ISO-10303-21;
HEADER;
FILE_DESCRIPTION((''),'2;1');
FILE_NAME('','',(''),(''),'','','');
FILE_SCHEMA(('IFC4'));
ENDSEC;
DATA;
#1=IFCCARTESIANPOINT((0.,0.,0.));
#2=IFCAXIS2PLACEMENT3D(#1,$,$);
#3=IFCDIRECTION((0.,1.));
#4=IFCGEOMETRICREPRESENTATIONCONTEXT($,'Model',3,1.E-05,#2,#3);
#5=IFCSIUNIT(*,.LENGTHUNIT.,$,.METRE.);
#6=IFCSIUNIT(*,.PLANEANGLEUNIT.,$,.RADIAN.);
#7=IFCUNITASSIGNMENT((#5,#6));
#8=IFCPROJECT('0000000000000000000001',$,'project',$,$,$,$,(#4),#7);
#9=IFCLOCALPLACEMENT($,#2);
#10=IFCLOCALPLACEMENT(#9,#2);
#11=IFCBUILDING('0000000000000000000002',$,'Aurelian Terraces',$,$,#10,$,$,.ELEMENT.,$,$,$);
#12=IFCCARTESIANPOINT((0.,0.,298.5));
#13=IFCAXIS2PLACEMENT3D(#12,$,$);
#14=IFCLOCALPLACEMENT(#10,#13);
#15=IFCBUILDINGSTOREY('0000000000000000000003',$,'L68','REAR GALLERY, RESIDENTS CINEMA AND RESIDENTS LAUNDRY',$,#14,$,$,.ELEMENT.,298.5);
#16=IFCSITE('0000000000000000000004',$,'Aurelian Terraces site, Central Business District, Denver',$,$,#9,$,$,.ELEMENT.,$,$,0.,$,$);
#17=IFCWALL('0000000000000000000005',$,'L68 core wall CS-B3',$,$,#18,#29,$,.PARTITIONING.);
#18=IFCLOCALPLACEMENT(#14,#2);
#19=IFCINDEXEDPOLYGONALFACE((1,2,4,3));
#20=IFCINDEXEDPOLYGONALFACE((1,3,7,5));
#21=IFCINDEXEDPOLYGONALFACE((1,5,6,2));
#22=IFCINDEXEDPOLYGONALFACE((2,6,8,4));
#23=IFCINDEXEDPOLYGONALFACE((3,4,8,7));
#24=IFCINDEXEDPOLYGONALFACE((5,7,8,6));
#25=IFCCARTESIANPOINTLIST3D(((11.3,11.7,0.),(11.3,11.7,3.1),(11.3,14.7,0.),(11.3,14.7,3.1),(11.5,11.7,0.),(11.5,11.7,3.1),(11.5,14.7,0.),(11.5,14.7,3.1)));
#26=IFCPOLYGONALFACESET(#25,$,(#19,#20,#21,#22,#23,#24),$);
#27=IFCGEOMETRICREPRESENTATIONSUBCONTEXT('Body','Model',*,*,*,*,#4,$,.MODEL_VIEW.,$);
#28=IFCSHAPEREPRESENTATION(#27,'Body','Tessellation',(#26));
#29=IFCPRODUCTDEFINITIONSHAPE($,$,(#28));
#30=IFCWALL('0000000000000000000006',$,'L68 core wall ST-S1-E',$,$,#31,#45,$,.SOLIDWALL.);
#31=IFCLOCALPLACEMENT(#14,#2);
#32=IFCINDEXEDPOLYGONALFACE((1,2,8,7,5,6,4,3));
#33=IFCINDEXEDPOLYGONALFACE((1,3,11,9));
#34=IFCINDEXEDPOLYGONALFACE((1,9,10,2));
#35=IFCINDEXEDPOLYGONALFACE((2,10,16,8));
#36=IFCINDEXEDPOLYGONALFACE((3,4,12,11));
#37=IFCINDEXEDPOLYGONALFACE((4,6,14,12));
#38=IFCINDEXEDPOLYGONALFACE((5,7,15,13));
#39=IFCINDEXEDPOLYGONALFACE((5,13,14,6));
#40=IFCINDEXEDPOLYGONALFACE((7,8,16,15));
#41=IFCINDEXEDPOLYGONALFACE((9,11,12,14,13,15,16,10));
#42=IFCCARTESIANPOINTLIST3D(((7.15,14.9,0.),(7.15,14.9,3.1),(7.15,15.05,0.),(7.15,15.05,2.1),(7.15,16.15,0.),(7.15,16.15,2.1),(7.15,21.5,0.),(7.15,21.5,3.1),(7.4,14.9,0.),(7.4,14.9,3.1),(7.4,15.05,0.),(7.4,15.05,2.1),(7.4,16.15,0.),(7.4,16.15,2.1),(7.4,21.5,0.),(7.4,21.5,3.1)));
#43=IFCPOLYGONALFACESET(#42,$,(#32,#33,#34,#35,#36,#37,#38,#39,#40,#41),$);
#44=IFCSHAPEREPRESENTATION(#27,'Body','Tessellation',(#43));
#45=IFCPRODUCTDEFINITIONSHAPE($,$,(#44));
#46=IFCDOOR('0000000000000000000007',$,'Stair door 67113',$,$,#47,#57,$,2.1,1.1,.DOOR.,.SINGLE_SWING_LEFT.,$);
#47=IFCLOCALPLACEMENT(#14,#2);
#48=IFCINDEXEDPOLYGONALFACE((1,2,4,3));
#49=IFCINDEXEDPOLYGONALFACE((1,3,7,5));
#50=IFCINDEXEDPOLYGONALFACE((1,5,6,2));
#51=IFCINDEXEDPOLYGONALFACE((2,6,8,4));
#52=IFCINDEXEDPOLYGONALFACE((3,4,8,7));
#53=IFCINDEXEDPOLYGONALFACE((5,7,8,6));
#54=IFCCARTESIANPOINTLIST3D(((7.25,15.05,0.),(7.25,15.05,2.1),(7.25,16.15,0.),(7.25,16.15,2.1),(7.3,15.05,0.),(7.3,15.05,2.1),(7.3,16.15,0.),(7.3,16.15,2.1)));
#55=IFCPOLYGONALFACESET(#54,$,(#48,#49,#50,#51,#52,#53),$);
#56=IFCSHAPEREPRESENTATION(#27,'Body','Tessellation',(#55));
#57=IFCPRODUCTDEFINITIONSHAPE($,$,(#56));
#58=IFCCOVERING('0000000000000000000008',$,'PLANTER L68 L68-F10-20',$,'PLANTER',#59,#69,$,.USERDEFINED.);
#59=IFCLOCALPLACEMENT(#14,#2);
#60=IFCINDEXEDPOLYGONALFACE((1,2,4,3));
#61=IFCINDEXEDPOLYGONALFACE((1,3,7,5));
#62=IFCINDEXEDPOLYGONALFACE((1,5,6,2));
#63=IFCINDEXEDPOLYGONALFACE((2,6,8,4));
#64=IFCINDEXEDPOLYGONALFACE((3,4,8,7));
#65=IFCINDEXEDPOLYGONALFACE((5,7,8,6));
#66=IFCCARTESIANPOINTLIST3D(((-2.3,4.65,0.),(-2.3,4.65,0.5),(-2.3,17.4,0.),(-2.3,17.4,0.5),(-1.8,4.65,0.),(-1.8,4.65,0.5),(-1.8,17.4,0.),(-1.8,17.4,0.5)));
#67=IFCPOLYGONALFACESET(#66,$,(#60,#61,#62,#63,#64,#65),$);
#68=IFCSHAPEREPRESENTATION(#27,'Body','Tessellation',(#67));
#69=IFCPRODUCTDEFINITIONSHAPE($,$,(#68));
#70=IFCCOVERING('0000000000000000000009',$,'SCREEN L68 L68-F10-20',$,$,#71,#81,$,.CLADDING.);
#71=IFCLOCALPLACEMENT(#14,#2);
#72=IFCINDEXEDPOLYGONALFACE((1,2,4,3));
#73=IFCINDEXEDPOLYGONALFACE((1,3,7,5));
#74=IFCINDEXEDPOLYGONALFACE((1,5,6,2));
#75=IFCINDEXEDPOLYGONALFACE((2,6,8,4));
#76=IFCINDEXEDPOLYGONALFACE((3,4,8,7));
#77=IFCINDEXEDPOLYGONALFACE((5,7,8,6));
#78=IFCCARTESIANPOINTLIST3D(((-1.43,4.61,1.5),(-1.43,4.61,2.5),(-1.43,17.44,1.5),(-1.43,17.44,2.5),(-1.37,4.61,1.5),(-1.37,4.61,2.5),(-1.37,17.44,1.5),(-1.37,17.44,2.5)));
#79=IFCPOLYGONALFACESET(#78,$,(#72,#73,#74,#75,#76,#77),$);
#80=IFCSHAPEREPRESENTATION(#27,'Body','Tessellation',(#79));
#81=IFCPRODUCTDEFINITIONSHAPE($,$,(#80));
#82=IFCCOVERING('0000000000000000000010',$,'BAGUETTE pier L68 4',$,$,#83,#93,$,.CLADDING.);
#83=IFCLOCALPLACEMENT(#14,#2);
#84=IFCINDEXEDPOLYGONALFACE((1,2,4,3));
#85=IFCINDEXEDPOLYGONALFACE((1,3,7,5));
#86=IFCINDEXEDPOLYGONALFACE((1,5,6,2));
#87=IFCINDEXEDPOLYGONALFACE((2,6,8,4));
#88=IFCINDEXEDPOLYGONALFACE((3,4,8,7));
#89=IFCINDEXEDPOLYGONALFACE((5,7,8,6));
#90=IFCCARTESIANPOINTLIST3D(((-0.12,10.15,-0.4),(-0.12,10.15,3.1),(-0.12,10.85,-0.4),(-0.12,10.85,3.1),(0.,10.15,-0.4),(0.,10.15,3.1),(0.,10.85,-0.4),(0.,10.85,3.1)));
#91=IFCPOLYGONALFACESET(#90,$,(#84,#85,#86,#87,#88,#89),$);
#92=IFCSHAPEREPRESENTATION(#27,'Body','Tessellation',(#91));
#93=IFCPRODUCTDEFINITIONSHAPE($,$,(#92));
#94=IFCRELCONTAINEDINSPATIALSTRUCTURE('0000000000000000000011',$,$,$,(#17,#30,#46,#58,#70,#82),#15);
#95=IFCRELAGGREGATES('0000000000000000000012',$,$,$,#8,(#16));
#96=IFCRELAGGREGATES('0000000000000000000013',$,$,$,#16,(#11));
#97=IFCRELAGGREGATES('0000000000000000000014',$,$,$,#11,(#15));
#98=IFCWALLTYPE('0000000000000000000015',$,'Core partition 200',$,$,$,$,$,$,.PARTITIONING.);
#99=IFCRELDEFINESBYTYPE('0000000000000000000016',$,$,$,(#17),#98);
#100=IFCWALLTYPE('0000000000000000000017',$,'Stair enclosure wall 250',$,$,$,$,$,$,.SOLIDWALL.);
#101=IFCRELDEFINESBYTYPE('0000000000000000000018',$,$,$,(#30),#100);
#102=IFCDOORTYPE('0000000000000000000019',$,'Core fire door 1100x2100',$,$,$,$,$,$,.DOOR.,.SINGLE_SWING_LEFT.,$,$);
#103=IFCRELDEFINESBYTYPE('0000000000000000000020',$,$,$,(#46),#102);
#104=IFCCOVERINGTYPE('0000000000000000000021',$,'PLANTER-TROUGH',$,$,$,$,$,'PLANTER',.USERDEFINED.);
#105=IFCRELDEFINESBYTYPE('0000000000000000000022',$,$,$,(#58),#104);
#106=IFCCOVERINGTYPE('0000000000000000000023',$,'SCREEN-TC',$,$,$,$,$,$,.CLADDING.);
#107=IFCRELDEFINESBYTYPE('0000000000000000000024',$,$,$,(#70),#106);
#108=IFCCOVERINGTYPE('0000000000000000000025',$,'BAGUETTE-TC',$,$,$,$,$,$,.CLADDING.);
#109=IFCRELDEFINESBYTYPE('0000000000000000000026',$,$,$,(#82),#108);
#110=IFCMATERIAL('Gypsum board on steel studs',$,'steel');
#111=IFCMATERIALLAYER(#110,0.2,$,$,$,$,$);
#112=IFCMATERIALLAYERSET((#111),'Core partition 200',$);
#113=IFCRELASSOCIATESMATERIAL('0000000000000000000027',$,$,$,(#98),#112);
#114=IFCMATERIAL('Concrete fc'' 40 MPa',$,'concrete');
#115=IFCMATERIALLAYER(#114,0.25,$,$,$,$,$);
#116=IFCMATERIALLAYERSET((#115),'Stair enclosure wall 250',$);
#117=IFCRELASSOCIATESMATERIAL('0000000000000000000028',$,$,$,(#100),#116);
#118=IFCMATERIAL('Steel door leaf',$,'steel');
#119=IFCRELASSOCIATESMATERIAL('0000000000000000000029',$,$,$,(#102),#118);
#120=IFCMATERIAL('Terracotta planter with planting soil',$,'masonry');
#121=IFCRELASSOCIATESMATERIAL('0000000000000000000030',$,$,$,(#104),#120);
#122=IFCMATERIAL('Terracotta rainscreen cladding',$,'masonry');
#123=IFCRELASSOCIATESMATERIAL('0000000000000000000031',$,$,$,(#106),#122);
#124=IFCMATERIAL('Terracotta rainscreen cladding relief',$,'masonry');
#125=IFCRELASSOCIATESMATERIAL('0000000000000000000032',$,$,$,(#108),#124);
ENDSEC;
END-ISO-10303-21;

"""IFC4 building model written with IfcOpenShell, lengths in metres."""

from ifc_helpers import new_model, si_unit, direction, frame, frame_2d, origin, origin_2d, place, context, subcontext, project, spatial, rectangle, extrude, source, transform, mapped, material, layer, layer_set, type_object, element, fill, save


model = new_model("IFC4")

# Units and contexts
model_context = context("Model", 3, precision=1e-05, world=origin(), true_north=direction((0.0, 1.0)))
body_context = subcontext(model_context, "Body", "Model", "MODEL_VIEW")
ifc_project = project(units=[si_unit("LENGTHUNIT", "METRE"), si_unit("PLANEANGLEUNIT", "RADIAN")], contexts=[model_context])

# Site, building, storey
site_placement = place(None, origin())
site = spatial("IfcSite", under=ifc_project, at=site_placement, Name="Aurelian Terraces site, Central Business District, Denver", CompositionType="ELEMENT", RefElevation=0.0)
building_placement = place(site_placement, origin())
building = spatial("IfcBuilding", under=site, at=building_placement, Name="Aurelian Terraces", CompositionType="ELEMENT")
storey_placement = place(building_placement, frame((0.0, 0.0, 298.5)))
storey = spatial("IfcBuildingStorey", under=building, at=storey_placement, Name="L68", Description="REAR GALLERY, RESIDENTS CINEMA AND RESIDENTS LAUNDRY", CompositionType="ELEMENT", Elevation=298.5)

# Shared definitions
ifc_material_1 = material(Name="Concrete fc' 40 MPa", Category="concrete")

# Shared definitions
shared_shape_1 = source(origin(), body_context, "Body", "SweptSolid", [
    extrude(rectangle(XDim=1.1, YDim=2.1, at=frame_2d((0.55, 1.05))), frame((0.0, 0.025, 0.0), z_axis=(0.0, -1.0, 0.0), x_axis=(1.0, 0.0, 0.0)), (0.0, 0.0, 1.0), 0.05),
])

# Shared definitions
ifc_material_2 = material(Name="Steel door leaf", Category="steel")

# Wall
ifc_material_3 = material(Name="Gypsum board on steel studs", Category="steel")
ifc_layer_1 = layer(ifc_material_3, 0.2)
ifc_layer_set_1 = layer_set([ifc_layer_1], Name="Core partition 200")
wall_type_1 = type_object("IfcWallType", Name="Core partition 200", PredefinedType="PARTITIONING", material=ifc_layer_set_1)
shared_shape_2 = source(origin(), body_context, "Body", "SweptSolid", [
    extrude(rectangle(XDim=3.0, YDim=0.2, at=frame_2d((1.5, 0.0))), origin(), (0.0, 0.0, 1.0), 3.1),
])
wall_1_placement = place(storey_placement, frame((11.4, 11.7, 0.0), z_axis=(0.0, 0.0, 1.0), x_axis=(0.0, 1.0, 0.0)))
element("IfcWall", 1, at=wall_1_placement, inside=storey, type_object=wall_type_1, Name="L68 core wall CS-B3", PredefinedType="PARTITIONING", context=body_context, shape_type="MappedRepresentation", body=[
    mapped(shared_shape_2, transform((0.0, 0.0, 0.0), scale=1.0)),
])

# Wall, opening, door
ifc_layer_2 = layer(ifc_material_1, 0.25)
ifc_layer_set_2 = layer_set([ifc_layer_2], Name="Stair enclosure wall 250")
wall_type_2 = type_object("IfcWallType", Name="Stair enclosure wall 250", PredefinedType="SOLIDWALL", material=ifc_layer_set_2)
shared_shape_3 = source(origin(), body_context, "Body", "SweptSolid", [
    extrude(rectangle(XDim=6.6, YDim=0.25, at=frame_2d((3.3, 0.0))), origin(), (0.0, 0.0, 1.0), 3.1),
])
wall_2_placement = place(storey_placement, frame((7.275, 14.9, 0.0), z_axis=(0.0, 0.0, 1.0), x_axis=(0.0, 1.0, 0.0)))
wall_2 = element("IfcWall", 2, at=wall_2_placement, inside=storey, type_object=wall_type_2, Name="L68 core wall ST-S1-E", PredefinedType="SOLIDWALL", context=body_context, shape_type="MappedRepresentation", body=[
    mapped(shared_shape_3, transform((0.0, 0.0, 0.0), scale=1.0)),
])
shared_shape_4 = source(origin(), body_context, "Body", "SweptSolid", [
    extrude(rectangle(XDim=1.1, YDim=2.1, at=frame_2d((0.55, 1.05))), frame((0.0, 0.135, 0.0), z_axis=(0.0, -1.0, 0.0), x_axis=(1.0, 0.0, 0.0)), (0.0, 0.0, 1.0), 0.27),
])
opening_1_placement = place(wall_2_placement, frame((0.15, 0.0, 0.0)))
opening_1 = element("IfcOpeningElement", 3, at=opening_1_placement, cuts=wall_2, PredefinedType="OPENING", context=body_context, shape_type="MappedRepresentation", body=[
    mapped(shared_shape_4, transform((0.0, 0.0, 0.0), scale=1.0)),
])
door_type_1 = type_object("IfcDoorType", Name="Core fire door 1100x2100", OperationType="SINGLE_SWING_LEFT", PredefinedType="DOOR", material=ifc_material_2)
door_1_placement = place(opening_1_placement, origin())
door_1 = element("IfcDoor", 4, at=door_1_placement, inside=storey, type_object=door_type_1, Name="Stair door 67113", OperationType="SINGLE_SWING_LEFT", OverallHeight=2.1, OverallWidth=1.1, PredefinedType="DOOR", context=body_context, shape_type="MappedRepresentation", body=[
    mapped(shared_shape_1, transform((0.0, 0.0, 0.0), scale=1.0)),
])
fill(opening_1, door_1)

# Coverings
ifc_material_4 = material(Name="Terracotta planter with planting soil", Category="masonry")
covering_type_1 = type_object("IfcCoveringType", Name="PLANTER-TROUGH", ElementType="PLANTER", PredefinedType="USERDEFINED", material=ifc_material_4)
shared_shape_5 = source(origin(), body_context, "Body", "SweptSolid", [
    extrude(rectangle(XDim=0.5, YDim=12.75, at=origin_2d()), origin(), (0.0, 0.0, 1.0), 0.5),
])
covering_1_placement = place(storey_placement, frame((-2.05, 11.025, 0.0), z_axis=(0.0, 0.0, 1.0), x_axis=(1.0, 0.0, 0.0)))
element("IfcCovering", 5, at=covering_1_placement, inside=storey, type_object=covering_type_1, Name="PLANTER L68 L68-F10-20", ObjectType="PLANTER", PredefinedType="USERDEFINED", context=body_context, shape_type="MappedRepresentation", body=[
    mapped(shared_shape_5, transform((0.0, 0.0, 0.0), scale=1.0)),
])
ifc_material_5 = material(Name="Terracotta rainscreen cladding", Category="masonry")
covering_type_2 = type_object("IfcCoveringType", Name="SCREEN-TC", PredefinedType="CLADDING", material=ifc_material_5)
shared_shape_6 = source(origin(), body_context, "Body", "SweptSolid", [
    extrude(rectangle(XDim=0.06, YDim=12.83, at=origin_2d()), origin(), (0.0, 0.0, 1.0), 1.0),
])
covering_2_placement = place(storey_placement, frame((-1.4, 11.025, 1.5), z_axis=(0.0, 0.0, 1.0), x_axis=(1.0, 0.0, 0.0)))
element("IfcCovering", 6, at=covering_2_placement, inside=storey, type_object=covering_type_2, Name="SCREEN L68 L68-F10-20", PredefinedType="CLADDING", context=body_context, shape_type="MappedRepresentation", body=[
    mapped(shared_shape_6, transform((0.0, 0.0, 0.0), scale=1.0)),
])
ifc_material_6 = material(Name="Terracotta rainscreen cladding relief", Category="masonry")
covering_type_3 = type_object("IfcCoveringType", Name="BAGUETTE-TC", PredefinedType="CLADDING", material=ifc_material_6)
shared_shape_7 = source(origin(), body_context, "Body", "SweptSolid", [
    extrude(rectangle(XDim=0.12, YDim=0.7, at=origin_2d()), origin(), (0.0, 0.0, 1.0), 3.5),
])
covering_3_placement = place(storey_placement, frame((-0.06, 10.5, -0.4), z_axis=(0.0, 0.0, 1.0), x_axis=(1.0, 0.0, 0.0)))
element("IfcCovering", 7, at=covering_3_placement, inside=storey, type_object=covering_type_3, Name="BAGUETTE pier L68 4", PredefinedType="CLADDING", context=body_context, shape_type="MappedRepresentation", body=[
    mapped(shared_shape_7, transform((0.0, 0.0, 0.0), scale=1.0)),
])

save(model, "model.ifc")
